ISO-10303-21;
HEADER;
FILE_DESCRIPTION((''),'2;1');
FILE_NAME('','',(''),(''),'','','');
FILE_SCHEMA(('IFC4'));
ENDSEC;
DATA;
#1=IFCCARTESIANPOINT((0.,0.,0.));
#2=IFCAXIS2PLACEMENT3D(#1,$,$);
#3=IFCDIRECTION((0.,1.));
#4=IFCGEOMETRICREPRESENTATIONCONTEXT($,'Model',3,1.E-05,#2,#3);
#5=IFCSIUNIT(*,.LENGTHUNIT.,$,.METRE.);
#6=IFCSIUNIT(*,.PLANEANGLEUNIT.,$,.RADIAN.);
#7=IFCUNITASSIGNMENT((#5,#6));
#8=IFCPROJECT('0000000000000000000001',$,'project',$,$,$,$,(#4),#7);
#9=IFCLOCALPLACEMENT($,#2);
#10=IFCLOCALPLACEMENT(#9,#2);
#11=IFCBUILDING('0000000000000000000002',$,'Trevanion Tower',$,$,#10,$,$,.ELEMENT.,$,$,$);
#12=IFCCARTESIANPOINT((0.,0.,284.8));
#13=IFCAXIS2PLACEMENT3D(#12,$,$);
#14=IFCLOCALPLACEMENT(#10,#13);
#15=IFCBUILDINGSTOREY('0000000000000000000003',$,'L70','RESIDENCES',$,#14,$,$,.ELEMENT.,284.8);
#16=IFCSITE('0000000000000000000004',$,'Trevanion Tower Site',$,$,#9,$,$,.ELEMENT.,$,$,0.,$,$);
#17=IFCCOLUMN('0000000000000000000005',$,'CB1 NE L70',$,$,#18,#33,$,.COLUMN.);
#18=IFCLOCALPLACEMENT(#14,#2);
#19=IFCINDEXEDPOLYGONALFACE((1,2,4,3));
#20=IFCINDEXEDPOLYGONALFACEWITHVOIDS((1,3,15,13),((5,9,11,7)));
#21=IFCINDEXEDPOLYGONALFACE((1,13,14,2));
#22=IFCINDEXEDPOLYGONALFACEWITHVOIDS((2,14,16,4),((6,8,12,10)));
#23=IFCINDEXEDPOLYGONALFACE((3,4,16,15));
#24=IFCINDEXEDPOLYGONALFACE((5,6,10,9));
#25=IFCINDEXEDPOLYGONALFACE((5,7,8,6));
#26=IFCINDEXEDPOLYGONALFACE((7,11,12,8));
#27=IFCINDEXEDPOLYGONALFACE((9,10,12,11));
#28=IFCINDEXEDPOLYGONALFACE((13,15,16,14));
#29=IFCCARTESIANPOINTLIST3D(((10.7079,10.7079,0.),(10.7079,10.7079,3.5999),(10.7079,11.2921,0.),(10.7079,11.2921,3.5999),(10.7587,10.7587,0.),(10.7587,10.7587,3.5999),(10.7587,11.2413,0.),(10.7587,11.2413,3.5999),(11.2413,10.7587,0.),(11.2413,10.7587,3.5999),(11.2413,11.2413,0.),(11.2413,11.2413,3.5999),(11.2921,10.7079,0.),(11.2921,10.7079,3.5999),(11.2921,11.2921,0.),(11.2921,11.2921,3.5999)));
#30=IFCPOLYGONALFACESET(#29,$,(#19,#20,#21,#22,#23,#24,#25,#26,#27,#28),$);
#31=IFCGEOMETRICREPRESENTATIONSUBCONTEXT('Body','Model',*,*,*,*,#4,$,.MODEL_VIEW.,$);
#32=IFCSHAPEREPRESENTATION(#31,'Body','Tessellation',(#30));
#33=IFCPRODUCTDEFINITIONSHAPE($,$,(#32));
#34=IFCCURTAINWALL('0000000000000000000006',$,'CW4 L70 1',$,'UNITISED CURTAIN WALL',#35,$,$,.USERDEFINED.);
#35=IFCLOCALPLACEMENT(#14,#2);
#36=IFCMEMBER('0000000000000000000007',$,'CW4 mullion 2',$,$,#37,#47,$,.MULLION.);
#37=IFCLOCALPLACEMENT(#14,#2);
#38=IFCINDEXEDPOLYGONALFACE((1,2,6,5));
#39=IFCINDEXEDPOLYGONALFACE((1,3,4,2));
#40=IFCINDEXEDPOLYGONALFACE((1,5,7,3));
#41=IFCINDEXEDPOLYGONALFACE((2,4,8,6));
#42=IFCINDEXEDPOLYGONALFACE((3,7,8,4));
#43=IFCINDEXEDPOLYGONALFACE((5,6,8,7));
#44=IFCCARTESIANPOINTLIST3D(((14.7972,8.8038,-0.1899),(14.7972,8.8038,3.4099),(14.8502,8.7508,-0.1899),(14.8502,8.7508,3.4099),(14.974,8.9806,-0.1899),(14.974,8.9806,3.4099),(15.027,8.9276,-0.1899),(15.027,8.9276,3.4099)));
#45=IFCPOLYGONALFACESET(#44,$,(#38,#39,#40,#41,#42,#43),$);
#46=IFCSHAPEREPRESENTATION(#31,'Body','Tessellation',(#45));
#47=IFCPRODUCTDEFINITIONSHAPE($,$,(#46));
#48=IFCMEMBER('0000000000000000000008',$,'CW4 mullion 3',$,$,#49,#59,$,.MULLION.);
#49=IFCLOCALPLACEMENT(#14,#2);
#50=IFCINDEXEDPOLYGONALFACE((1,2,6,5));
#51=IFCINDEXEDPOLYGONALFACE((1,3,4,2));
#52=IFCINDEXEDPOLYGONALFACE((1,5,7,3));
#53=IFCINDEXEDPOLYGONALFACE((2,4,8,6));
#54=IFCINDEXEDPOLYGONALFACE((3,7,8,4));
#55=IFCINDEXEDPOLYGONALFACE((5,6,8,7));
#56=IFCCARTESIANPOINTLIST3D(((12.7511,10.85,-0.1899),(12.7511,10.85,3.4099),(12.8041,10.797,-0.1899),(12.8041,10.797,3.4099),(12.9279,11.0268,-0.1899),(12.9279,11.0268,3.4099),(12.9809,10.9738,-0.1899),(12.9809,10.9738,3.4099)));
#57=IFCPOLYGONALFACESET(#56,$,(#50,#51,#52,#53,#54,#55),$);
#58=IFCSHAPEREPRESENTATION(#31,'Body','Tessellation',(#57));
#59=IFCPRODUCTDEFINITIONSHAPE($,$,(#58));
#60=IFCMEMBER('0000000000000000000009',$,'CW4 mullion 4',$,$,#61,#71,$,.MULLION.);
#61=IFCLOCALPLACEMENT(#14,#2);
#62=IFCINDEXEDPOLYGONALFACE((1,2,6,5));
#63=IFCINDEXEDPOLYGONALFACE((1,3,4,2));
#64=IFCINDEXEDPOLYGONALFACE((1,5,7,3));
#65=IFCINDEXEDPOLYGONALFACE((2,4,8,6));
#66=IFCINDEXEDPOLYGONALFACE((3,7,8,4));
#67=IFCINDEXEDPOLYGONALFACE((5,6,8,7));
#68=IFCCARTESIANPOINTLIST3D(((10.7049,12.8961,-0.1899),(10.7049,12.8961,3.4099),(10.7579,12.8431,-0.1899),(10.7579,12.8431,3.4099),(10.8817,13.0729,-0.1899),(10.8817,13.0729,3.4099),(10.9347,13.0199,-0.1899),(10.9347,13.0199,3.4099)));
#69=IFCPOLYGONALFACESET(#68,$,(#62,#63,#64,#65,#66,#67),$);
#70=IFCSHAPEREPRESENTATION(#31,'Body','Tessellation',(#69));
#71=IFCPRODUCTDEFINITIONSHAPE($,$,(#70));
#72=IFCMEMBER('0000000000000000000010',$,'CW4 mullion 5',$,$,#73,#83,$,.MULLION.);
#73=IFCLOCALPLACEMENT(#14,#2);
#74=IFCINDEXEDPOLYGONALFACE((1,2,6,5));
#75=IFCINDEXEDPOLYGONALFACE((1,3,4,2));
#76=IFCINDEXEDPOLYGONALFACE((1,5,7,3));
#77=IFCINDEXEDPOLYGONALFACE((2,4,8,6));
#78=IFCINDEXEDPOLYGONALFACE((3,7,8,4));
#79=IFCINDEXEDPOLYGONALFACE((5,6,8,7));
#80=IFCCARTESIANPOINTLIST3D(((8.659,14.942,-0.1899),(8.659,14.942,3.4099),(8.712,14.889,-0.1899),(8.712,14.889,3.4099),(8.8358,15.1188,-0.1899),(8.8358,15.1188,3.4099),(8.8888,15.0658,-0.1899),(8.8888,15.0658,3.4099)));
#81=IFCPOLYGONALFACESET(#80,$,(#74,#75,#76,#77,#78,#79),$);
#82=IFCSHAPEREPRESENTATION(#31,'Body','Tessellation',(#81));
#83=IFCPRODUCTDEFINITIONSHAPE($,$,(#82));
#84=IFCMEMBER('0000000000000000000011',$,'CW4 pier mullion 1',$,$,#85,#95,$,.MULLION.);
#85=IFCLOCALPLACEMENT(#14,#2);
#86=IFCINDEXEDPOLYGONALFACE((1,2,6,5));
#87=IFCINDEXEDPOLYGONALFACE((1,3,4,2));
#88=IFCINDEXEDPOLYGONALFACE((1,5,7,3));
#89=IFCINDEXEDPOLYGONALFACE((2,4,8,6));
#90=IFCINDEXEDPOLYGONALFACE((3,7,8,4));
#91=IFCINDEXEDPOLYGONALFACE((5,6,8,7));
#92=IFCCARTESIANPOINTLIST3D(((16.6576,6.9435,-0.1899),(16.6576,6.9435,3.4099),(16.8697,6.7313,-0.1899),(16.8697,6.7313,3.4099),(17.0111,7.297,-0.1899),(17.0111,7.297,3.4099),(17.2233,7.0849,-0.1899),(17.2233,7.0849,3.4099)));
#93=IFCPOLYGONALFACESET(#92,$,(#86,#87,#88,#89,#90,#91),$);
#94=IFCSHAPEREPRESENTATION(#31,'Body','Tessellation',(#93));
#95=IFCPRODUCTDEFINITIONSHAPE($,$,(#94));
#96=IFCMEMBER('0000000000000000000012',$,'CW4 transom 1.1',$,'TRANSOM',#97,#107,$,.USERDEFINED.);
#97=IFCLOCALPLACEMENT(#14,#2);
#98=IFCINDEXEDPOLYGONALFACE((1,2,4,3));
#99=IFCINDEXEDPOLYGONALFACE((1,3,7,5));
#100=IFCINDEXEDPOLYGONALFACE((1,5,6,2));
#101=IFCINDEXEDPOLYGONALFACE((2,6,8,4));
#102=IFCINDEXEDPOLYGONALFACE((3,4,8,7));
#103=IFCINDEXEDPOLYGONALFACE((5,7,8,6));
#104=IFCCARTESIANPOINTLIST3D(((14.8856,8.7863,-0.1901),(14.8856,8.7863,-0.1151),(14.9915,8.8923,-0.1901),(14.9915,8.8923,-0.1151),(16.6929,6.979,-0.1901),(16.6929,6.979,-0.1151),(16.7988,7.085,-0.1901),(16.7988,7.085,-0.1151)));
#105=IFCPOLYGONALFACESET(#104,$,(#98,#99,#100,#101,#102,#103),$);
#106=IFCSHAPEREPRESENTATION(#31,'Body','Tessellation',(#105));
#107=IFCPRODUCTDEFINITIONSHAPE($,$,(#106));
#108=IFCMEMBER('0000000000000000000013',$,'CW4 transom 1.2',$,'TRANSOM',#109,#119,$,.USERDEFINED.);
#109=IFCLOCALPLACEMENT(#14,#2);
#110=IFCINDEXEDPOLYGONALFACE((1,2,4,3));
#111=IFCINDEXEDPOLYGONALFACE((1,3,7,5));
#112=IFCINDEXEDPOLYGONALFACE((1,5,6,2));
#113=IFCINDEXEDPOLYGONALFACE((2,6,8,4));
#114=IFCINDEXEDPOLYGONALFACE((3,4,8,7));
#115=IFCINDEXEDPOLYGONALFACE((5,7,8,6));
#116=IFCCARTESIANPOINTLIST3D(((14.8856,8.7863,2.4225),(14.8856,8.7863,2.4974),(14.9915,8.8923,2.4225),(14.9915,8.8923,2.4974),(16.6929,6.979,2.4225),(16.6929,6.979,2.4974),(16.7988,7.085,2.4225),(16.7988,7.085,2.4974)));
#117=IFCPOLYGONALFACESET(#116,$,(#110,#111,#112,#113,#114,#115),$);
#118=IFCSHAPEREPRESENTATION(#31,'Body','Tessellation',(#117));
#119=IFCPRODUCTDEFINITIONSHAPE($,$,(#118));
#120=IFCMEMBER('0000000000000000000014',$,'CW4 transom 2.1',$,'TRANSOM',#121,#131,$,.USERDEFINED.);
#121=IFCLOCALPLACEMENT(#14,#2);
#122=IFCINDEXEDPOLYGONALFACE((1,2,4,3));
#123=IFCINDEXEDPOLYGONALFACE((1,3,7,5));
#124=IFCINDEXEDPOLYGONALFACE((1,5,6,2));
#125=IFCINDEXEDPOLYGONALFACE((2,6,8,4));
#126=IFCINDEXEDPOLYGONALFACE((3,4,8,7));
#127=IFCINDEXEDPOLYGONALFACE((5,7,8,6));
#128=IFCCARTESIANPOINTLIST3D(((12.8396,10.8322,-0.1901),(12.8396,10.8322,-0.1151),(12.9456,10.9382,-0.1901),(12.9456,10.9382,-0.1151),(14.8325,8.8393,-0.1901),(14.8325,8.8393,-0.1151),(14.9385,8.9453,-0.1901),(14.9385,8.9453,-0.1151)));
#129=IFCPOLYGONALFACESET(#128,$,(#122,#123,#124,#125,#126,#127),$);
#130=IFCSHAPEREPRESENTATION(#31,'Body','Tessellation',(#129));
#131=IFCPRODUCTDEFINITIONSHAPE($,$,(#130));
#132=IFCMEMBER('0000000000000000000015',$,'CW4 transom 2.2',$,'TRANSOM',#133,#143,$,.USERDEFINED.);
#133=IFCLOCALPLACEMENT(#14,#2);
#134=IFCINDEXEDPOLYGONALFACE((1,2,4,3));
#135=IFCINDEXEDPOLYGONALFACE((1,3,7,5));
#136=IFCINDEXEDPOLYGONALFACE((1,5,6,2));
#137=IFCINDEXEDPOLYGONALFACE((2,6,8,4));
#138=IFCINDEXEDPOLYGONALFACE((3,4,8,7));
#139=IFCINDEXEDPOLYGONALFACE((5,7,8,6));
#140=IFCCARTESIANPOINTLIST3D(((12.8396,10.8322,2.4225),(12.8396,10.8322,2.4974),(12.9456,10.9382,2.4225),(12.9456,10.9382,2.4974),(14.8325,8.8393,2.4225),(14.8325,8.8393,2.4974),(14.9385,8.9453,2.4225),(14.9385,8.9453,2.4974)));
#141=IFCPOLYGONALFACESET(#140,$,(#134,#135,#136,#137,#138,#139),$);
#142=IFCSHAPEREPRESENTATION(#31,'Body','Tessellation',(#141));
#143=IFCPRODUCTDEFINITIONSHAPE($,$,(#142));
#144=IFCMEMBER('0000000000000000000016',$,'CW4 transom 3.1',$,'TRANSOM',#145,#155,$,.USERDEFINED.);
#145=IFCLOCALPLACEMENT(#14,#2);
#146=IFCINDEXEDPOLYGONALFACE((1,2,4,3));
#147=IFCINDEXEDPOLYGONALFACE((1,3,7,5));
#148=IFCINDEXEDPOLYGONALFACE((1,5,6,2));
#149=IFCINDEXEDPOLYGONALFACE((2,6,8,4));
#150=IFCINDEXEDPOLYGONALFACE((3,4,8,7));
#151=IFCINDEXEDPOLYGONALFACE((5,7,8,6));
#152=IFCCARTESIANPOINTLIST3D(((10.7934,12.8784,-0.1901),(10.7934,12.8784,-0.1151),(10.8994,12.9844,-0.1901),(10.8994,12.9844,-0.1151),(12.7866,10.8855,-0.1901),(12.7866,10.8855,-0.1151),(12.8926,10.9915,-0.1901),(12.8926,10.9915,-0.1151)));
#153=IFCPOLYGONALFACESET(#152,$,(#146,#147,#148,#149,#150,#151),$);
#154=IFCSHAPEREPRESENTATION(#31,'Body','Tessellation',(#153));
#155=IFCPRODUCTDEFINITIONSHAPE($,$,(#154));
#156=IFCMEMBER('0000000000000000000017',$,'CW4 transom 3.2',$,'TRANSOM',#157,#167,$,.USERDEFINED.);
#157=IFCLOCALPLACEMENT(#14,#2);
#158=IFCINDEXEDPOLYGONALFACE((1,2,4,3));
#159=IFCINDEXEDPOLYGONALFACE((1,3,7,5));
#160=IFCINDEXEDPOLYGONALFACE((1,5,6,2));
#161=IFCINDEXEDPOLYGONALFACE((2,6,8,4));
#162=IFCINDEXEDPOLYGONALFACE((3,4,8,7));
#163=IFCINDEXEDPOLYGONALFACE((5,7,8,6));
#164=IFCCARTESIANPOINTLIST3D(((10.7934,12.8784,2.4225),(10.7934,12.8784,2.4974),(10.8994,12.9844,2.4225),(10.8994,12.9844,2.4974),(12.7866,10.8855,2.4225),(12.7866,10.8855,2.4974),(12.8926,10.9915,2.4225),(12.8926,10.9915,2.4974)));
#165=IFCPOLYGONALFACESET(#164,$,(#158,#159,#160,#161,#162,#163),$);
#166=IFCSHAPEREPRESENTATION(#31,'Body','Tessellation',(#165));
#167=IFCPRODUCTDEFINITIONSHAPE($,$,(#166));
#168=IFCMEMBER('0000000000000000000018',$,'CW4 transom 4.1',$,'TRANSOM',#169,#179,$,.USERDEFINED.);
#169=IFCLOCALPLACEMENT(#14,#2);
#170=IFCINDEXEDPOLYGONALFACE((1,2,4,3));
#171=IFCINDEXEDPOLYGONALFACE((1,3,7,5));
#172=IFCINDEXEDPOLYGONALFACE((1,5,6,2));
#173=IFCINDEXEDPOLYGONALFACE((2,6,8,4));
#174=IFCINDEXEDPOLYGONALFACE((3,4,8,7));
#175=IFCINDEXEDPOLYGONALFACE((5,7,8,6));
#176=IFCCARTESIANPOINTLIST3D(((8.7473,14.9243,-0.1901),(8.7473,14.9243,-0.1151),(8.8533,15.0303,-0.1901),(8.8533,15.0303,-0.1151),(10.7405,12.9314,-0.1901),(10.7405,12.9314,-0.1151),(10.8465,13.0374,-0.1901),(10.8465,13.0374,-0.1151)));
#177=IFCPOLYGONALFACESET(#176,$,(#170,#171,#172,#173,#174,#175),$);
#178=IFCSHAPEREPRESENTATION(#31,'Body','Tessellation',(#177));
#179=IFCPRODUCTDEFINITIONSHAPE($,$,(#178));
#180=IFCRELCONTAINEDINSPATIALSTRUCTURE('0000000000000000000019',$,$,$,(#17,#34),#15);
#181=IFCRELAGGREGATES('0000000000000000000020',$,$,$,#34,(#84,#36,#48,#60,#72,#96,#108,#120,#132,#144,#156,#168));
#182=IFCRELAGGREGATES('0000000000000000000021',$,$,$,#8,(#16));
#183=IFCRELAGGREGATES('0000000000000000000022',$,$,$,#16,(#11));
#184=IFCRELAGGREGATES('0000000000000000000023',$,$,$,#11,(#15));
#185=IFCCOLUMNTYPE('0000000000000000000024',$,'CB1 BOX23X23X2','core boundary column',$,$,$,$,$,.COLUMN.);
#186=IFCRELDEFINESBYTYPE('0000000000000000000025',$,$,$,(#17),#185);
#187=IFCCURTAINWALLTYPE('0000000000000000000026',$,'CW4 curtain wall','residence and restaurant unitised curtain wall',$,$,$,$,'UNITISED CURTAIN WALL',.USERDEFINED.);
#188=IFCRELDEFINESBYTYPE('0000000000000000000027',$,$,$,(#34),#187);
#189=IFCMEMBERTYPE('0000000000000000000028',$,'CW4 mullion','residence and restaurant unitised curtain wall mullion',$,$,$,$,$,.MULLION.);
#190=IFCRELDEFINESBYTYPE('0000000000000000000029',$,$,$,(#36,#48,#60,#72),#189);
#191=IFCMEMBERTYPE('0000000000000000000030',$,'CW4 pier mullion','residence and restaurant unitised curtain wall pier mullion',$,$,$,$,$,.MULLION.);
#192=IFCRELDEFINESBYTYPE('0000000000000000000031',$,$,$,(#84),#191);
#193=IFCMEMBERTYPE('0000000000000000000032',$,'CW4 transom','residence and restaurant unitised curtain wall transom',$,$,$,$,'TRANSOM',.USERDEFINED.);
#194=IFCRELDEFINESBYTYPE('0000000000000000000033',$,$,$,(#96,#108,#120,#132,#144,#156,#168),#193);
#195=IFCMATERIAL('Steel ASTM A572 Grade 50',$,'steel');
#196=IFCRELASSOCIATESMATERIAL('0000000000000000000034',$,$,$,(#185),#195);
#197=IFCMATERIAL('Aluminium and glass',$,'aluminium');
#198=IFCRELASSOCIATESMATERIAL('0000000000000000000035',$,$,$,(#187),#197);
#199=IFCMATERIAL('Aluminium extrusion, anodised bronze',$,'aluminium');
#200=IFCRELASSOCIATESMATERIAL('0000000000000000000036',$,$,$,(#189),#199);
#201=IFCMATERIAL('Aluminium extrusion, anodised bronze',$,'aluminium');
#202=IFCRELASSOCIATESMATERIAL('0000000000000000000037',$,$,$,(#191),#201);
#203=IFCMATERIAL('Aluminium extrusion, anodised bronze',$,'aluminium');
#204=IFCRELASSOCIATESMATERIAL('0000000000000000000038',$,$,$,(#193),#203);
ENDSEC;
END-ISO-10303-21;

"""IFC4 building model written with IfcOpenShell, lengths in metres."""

from ifc_helpers import new_model, si_unit, direction, frame, origin, origin_2d, place, context, subcontext, project, spatial, rectangle, hollow_rectangle, extrude, material, material_profile, profile_set, type_object, element, aggregate, save


model = new_model("IFC4")

# Units and contexts
model_context = context("Model", 3, precision=1e-05, world=origin(), true_north=direction((0.0, 1.0)))
body_context = subcontext(model_context, "Body", "Model", "MODEL_VIEW")
ifc_project = project(units=[si_unit("LENGTHUNIT", "METRE"), si_unit("PLANEANGLEUNIT", "RADIAN")], contexts=[model_context])

# Site, building, storey
site_placement = place(None, origin())
site = spatial("IfcSite", under=ifc_project, at=site_placement, Name="Trevanion Tower Site", CompositionType="ELEMENT", RefElevation=0.0)
building_placement = place(site_placement, origin())
building = spatial("IfcBuilding", under=site, at=building_placement, Name="Trevanion Tower", CompositionType="ELEMENT")
storey_placement = place(building_placement, frame((0.0, 0.0, 284.8)))
storey = spatial("IfcBuildingStorey", under=building, at=storey_placement, Name="L70", Description="RESIDENCES", CompositionType="ELEMENT", Elevation=284.8)

# Column
ifc_material_1 = material(Name="Steel ASTM A572 Grade 50", Category="steel")
ifc_material_profile_1 = material_profile(ifc_material_1, hollow_rectangle(XDim=0.5842, YDim=0.5842, WallThickness=0.0508, at=origin_2d()), Name="BOX23X23X2")
ifc_profile_set_1 = profile_set([ifc_material_profile_1], Name="Steel ASTM A572 Grade 50")
column_type = type_object("IfcColumnType", Name="CB1 BOX23X23X2", Description="core boundary column", PredefinedType="COLUMN", material=ifc_profile_set_1)
column_placement = place(storey_placement, frame((11.0, 11.0, 0.0), z_axis=(0.0, 0.0, 1.0), x_axis=(1.0, 0.0, 0.0)))
element("IfcColumn", 1, at=column_placement, inside=storey, type_object=column_type, Name="CB1 NE L70", PredefinedType="COLUMN", context=body_context, shape_type="SweptSolid", body=[
    extrude(hollow_rectangle(XDim=0.5842, YDim=0.5842, WallThickness=0.0508, at=origin_2d()), origin(), (0.0, 0.0, 1.0), 3.5999),
])

# Curtain wall, members
ifc_material_2 = material(Name="Aluminium and glass", Category="aluminium")
curtain_wall_type = type_object("IfcCurtainWallType", Name="CW4 curtain wall", Description="residence and restaurant unitised curtain wall", ElementType="UNITISED CURTAIN WALL", PredefinedType="USERDEFINED", material=ifc_material_2)
curtain_wall_placement = place(storey_placement, origin())
curtain_wall = element("IfcCurtainWall", 2, at=curtain_wall_placement, inside=storey, type_object=curtain_wall_type, Name="CW4 L70 1", ObjectType="UNITISED CURTAIN WALL", PredefinedType="USERDEFINED")
ifc_material_3 = material(Name="Aluminium extrusion, anodised bronze", Category="aluminium")
ifc_material_profile_2 = material_profile(ifc_material_3, rectangle(XDim=0.075, YDim=0.25, at=origin_2d()), Name="CW4 mullion")
ifc_profile_set_2 = profile_set([ifc_material_profile_2], Name="Aluminium extrusion, anodised bronze")
member_type_1 = type_object("IfcMemberType", Name="CW4 mullion", Description="residence and restaurant unitised curtain wall mullion", PredefinedType="MULLION", material=ifc_profile_set_2)
member_1_placement = place(storey_placement, frame((14.9121, 8.8657, -0.1899), z_axis=(0.0, 0.0, 1.0), x_axis=(-0.707107, 0.707107, 0.0)))
member_1 = element("IfcMember", 3, at=member_1_placement, type_object=member_type_1, Name="CW4 mullion 2", PredefinedType="MULLION", context=body_context, shape_type="SweptSolid", body=[
    extrude(rectangle(XDim=0.075, YDim=0.25, at=origin_2d()), origin(), (0.0, 0.0, 1.0), 3.5999),
])
member_2_placement = place(storey_placement, frame((12.866, 10.9119, -0.1899), z_axis=(0.0, 0.0, 1.0), x_axis=(-0.707107, 0.707107, 0.0)))
member_2 = element("IfcMember", 4, at=member_2_placement, type_object=member_type_1, Name="CW4 mullion 3", PredefinedType="MULLION", context=body_context, shape_type="SweptSolid", body=[
    extrude(rectangle(XDim=0.075, YDim=0.25, at=origin_2d()), origin(), (0.0, 0.0, 1.0), 3.5999),
])
member_3_placement = place(storey_placement, frame((10.8198, 12.958, -0.1899), z_axis=(0.0, 0.0, 1.0), x_axis=(-0.707107, 0.707107, 0.0)))
member_3 = element("IfcMember", 5, at=member_3_placement, type_object=member_type_1, Name="CW4 mullion 4", PredefinedType="MULLION", context=body_context, shape_type="SweptSolid", body=[
    extrude(rectangle(XDim=0.075, YDim=0.25, at=origin_2d()), origin(), (0.0, 0.0, 1.0), 3.5999),
])
member_4_placement = place(storey_placement, frame((8.7739, 15.0039, -0.1899), z_axis=(0.0, 0.0, 1.0), x_axis=(-0.707107, 0.707107, 0.0)))
member_4 = element("IfcMember", 6, at=member_4_placement, type_object=member_type_1, Name="CW4 mullion 5", PredefinedType="MULLION", context=body_context, shape_type="SweptSolid", body=[
    extrude(rectangle(XDim=0.075, YDim=0.25, at=origin_2d()), origin(), (0.0, 0.0, 1.0), 3.5999),
])
ifc_material_4 = material(Name="Aluminium extrusion, anodised bronze", Category="aluminium")
ifc_material_profile_3 = material_profile(ifc_material_4, rectangle(XDim=0.3, YDim=0.5, at=origin_2d()), Name="CW4 pier mullion")
ifc_profile_set_3 = profile_set([ifc_material_profile_3], Name="Aluminium extrusion, anodised bronze")
member_type_2 = type_object("IfcMemberType", Name="CW4 pier mullion", Description="residence and restaurant unitised curtain wall pier mullion", PredefinedType="MULLION", material=ifc_profile_set_3)
member_5_placement = place(storey_placement, frame((16.9404, 7.0142, -0.1899), z_axis=(0.0, 0.0, 1.0), x_axis=(-0.707107, 0.707107, 0.0)))
member_5 = element("IfcMember", 7, at=member_5_placement, type_object=member_type_2, Name="CW4 pier mullion 1", PredefinedType="MULLION", context=body_context, shape_type="SweptSolid", body=[
    extrude(rectangle(XDim=0.3, YDim=0.5, at=origin_2d()), origin(), (0.0, 0.0, 1.0), 3.5999),
])
ifc_material_5 = material(Name="Aluminium extrusion, anodised bronze", Category="aluminium")
ifc_material_profile_4 = material_profile(ifc_material_5, rectangle(XDim=0.1499, YDim=0.075, at=origin_2d()), Name="CW4 transom")
ifc_profile_set_4 = profile_set([ifc_material_profile_4], Name="Aluminium extrusion, anodised bronze")
member_type_3 = type_object("IfcMemberType", Name="CW4 transom", Description="residence and restaurant unitised curtain wall transom", ElementType="TRANSOM", PredefinedType="USERDEFINED", material=ifc_profile_set_4)
member_6_placement = place(storey_placement, frame((16.7458, 7.032, -0.1526), z_axis=(-0.707107, 0.707107, 0.0), x_axis=(-0.707107, -0.707107, 0.0)))
member_6 = element("IfcMember", 8, at=member_6_placement, type_object=member_type_3, Name="CW4 transom 1.1", ObjectType="TRANSOM", PredefinedType="USERDEFINED", context=body_context, shape_type="SweptSolid", body=[
    extrude(rectangle(XDim=0.1499, YDim=0.075, at=origin_2d()), origin(), (0.0, 0.0, 1.0), 2.5559),
])
member_7_placement = place(storey_placement, frame((16.7458, 7.032, 2.46), z_axis=(-0.707107, 0.707107, 0.0), x_axis=(-0.707107, -0.707107, 0.0)))
member_7 = element("IfcMember", 9, at=member_7_placement, type_object=member_type_3, Name="CW4 transom 1.2", ObjectType="TRANSOM", PredefinedType="USERDEFINED", context=body_context, shape_type="SweptSolid", body=[
    extrude(rectangle(XDim=0.1499, YDim=0.075, at=origin_2d()), origin(), (0.0, 0.0, 1.0), 2.5559),
])
member_8_placement = place(storey_placement, frame((14.8855, 8.8923, -0.1526), z_axis=(-0.707107, 0.707107, 0.0), x_axis=(-0.707107, -0.707107, 0.0)))
member_8 = element("IfcMember", 10, at=member_8_placement, type_object=member_type_3, Name="CW4 transom 2.1", ObjectType="TRANSOM", PredefinedType="USERDEFINED", context=body_context, shape_type="SweptSolid", body=[
    extrude(rectangle(XDim=0.1499, YDim=0.075, at=origin_2d()), origin(), (0.0, 0.0, 1.0), 2.8184),
])
member_9_placement = place(storey_placement, frame((14.8855, 8.8923, 2.46), z_axis=(-0.707107, 0.707107, 0.0), x_axis=(-0.707107, -0.707107, 0.0)))
member_9 = element("IfcMember", 11, at=member_9_placement, type_object=member_type_3, Name="CW4 transom 2.2", ObjectType="TRANSOM", PredefinedType="USERDEFINED", context=body_context, shape_type="SweptSolid", body=[
    extrude(rectangle(XDim=0.1499, YDim=0.075, at=origin_2d()), origin(), (0.0, 0.0, 1.0), 2.8184),
])
member_10_placement = place(storey_placement, frame((12.8396, 10.9385, -0.1526), z_axis=(-0.70715, 0.707063, 0.0), x_axis=(-0.707063, -0.70715, 0.0)))
member_10 = element("IfcMember", 12, at=member_10_placement, type_object=member_type_3, Name="CW4 transom 3.1", ObjectType="TRANSOM", PredefinedType="USERDEFINED", context=body_context, shape_type="SweptSolid", body=[
    extrude(rectangle(XDim=0.1499, YDim=0.075, at=origin_2d()), origin(), (0.0, 0.0, 1.0), 2.8186),
])
member_11_placement = place(storey_placement, frame((12.8396, 10.9385, 2.46), z_axis=(-0.70715, 0.707063, 0.0), x_axis=(-0.707063, -0.70715, 0.0)))
member_11 = element("IfcMember", 13, at=member_11_placement, type_object=member_type_3, Name="CW4 transom 3.2", ObjectType="TRANSOM", PredefinedType="USERDEFINED", context=body_context, shape_type="SweptSolid", body=[
    extrude(rectangle(XDim=0.1499, YDim=0.075, at=origin_2d()), origin(), (0.0, 0.0, 1.0), 2.8186),
])
member_12_placement = place(storey_placement, frame((10.7935, 12.9844, -0.1526), z_axis=(-0.70715, 0.707063, 0.0), x_axis=(-0.707063, -0.70715, 0.0)))
member_12 = element("IfcMember", 14, at=member_12_placement, type_object=member_type_3, Name="CW4 transom 4.1", ObjectType="TRANSOM", PredefinedType="USERDEFINED", context=body_context, shape_type="SweptSolid", body=[
    extrude(rectangle(XDim=0.1499, YDim=0.075, at=origin_2d()), origin(), (0.0, 0.0, 1.0), 2.8186),
])
aggregate(curtain_wall, [member_5, member_1, member_2, member_3, member_4, member_6, member_7, member_8, member_9, member_10, member_11, member_12])

save(model, "model.ifc")
